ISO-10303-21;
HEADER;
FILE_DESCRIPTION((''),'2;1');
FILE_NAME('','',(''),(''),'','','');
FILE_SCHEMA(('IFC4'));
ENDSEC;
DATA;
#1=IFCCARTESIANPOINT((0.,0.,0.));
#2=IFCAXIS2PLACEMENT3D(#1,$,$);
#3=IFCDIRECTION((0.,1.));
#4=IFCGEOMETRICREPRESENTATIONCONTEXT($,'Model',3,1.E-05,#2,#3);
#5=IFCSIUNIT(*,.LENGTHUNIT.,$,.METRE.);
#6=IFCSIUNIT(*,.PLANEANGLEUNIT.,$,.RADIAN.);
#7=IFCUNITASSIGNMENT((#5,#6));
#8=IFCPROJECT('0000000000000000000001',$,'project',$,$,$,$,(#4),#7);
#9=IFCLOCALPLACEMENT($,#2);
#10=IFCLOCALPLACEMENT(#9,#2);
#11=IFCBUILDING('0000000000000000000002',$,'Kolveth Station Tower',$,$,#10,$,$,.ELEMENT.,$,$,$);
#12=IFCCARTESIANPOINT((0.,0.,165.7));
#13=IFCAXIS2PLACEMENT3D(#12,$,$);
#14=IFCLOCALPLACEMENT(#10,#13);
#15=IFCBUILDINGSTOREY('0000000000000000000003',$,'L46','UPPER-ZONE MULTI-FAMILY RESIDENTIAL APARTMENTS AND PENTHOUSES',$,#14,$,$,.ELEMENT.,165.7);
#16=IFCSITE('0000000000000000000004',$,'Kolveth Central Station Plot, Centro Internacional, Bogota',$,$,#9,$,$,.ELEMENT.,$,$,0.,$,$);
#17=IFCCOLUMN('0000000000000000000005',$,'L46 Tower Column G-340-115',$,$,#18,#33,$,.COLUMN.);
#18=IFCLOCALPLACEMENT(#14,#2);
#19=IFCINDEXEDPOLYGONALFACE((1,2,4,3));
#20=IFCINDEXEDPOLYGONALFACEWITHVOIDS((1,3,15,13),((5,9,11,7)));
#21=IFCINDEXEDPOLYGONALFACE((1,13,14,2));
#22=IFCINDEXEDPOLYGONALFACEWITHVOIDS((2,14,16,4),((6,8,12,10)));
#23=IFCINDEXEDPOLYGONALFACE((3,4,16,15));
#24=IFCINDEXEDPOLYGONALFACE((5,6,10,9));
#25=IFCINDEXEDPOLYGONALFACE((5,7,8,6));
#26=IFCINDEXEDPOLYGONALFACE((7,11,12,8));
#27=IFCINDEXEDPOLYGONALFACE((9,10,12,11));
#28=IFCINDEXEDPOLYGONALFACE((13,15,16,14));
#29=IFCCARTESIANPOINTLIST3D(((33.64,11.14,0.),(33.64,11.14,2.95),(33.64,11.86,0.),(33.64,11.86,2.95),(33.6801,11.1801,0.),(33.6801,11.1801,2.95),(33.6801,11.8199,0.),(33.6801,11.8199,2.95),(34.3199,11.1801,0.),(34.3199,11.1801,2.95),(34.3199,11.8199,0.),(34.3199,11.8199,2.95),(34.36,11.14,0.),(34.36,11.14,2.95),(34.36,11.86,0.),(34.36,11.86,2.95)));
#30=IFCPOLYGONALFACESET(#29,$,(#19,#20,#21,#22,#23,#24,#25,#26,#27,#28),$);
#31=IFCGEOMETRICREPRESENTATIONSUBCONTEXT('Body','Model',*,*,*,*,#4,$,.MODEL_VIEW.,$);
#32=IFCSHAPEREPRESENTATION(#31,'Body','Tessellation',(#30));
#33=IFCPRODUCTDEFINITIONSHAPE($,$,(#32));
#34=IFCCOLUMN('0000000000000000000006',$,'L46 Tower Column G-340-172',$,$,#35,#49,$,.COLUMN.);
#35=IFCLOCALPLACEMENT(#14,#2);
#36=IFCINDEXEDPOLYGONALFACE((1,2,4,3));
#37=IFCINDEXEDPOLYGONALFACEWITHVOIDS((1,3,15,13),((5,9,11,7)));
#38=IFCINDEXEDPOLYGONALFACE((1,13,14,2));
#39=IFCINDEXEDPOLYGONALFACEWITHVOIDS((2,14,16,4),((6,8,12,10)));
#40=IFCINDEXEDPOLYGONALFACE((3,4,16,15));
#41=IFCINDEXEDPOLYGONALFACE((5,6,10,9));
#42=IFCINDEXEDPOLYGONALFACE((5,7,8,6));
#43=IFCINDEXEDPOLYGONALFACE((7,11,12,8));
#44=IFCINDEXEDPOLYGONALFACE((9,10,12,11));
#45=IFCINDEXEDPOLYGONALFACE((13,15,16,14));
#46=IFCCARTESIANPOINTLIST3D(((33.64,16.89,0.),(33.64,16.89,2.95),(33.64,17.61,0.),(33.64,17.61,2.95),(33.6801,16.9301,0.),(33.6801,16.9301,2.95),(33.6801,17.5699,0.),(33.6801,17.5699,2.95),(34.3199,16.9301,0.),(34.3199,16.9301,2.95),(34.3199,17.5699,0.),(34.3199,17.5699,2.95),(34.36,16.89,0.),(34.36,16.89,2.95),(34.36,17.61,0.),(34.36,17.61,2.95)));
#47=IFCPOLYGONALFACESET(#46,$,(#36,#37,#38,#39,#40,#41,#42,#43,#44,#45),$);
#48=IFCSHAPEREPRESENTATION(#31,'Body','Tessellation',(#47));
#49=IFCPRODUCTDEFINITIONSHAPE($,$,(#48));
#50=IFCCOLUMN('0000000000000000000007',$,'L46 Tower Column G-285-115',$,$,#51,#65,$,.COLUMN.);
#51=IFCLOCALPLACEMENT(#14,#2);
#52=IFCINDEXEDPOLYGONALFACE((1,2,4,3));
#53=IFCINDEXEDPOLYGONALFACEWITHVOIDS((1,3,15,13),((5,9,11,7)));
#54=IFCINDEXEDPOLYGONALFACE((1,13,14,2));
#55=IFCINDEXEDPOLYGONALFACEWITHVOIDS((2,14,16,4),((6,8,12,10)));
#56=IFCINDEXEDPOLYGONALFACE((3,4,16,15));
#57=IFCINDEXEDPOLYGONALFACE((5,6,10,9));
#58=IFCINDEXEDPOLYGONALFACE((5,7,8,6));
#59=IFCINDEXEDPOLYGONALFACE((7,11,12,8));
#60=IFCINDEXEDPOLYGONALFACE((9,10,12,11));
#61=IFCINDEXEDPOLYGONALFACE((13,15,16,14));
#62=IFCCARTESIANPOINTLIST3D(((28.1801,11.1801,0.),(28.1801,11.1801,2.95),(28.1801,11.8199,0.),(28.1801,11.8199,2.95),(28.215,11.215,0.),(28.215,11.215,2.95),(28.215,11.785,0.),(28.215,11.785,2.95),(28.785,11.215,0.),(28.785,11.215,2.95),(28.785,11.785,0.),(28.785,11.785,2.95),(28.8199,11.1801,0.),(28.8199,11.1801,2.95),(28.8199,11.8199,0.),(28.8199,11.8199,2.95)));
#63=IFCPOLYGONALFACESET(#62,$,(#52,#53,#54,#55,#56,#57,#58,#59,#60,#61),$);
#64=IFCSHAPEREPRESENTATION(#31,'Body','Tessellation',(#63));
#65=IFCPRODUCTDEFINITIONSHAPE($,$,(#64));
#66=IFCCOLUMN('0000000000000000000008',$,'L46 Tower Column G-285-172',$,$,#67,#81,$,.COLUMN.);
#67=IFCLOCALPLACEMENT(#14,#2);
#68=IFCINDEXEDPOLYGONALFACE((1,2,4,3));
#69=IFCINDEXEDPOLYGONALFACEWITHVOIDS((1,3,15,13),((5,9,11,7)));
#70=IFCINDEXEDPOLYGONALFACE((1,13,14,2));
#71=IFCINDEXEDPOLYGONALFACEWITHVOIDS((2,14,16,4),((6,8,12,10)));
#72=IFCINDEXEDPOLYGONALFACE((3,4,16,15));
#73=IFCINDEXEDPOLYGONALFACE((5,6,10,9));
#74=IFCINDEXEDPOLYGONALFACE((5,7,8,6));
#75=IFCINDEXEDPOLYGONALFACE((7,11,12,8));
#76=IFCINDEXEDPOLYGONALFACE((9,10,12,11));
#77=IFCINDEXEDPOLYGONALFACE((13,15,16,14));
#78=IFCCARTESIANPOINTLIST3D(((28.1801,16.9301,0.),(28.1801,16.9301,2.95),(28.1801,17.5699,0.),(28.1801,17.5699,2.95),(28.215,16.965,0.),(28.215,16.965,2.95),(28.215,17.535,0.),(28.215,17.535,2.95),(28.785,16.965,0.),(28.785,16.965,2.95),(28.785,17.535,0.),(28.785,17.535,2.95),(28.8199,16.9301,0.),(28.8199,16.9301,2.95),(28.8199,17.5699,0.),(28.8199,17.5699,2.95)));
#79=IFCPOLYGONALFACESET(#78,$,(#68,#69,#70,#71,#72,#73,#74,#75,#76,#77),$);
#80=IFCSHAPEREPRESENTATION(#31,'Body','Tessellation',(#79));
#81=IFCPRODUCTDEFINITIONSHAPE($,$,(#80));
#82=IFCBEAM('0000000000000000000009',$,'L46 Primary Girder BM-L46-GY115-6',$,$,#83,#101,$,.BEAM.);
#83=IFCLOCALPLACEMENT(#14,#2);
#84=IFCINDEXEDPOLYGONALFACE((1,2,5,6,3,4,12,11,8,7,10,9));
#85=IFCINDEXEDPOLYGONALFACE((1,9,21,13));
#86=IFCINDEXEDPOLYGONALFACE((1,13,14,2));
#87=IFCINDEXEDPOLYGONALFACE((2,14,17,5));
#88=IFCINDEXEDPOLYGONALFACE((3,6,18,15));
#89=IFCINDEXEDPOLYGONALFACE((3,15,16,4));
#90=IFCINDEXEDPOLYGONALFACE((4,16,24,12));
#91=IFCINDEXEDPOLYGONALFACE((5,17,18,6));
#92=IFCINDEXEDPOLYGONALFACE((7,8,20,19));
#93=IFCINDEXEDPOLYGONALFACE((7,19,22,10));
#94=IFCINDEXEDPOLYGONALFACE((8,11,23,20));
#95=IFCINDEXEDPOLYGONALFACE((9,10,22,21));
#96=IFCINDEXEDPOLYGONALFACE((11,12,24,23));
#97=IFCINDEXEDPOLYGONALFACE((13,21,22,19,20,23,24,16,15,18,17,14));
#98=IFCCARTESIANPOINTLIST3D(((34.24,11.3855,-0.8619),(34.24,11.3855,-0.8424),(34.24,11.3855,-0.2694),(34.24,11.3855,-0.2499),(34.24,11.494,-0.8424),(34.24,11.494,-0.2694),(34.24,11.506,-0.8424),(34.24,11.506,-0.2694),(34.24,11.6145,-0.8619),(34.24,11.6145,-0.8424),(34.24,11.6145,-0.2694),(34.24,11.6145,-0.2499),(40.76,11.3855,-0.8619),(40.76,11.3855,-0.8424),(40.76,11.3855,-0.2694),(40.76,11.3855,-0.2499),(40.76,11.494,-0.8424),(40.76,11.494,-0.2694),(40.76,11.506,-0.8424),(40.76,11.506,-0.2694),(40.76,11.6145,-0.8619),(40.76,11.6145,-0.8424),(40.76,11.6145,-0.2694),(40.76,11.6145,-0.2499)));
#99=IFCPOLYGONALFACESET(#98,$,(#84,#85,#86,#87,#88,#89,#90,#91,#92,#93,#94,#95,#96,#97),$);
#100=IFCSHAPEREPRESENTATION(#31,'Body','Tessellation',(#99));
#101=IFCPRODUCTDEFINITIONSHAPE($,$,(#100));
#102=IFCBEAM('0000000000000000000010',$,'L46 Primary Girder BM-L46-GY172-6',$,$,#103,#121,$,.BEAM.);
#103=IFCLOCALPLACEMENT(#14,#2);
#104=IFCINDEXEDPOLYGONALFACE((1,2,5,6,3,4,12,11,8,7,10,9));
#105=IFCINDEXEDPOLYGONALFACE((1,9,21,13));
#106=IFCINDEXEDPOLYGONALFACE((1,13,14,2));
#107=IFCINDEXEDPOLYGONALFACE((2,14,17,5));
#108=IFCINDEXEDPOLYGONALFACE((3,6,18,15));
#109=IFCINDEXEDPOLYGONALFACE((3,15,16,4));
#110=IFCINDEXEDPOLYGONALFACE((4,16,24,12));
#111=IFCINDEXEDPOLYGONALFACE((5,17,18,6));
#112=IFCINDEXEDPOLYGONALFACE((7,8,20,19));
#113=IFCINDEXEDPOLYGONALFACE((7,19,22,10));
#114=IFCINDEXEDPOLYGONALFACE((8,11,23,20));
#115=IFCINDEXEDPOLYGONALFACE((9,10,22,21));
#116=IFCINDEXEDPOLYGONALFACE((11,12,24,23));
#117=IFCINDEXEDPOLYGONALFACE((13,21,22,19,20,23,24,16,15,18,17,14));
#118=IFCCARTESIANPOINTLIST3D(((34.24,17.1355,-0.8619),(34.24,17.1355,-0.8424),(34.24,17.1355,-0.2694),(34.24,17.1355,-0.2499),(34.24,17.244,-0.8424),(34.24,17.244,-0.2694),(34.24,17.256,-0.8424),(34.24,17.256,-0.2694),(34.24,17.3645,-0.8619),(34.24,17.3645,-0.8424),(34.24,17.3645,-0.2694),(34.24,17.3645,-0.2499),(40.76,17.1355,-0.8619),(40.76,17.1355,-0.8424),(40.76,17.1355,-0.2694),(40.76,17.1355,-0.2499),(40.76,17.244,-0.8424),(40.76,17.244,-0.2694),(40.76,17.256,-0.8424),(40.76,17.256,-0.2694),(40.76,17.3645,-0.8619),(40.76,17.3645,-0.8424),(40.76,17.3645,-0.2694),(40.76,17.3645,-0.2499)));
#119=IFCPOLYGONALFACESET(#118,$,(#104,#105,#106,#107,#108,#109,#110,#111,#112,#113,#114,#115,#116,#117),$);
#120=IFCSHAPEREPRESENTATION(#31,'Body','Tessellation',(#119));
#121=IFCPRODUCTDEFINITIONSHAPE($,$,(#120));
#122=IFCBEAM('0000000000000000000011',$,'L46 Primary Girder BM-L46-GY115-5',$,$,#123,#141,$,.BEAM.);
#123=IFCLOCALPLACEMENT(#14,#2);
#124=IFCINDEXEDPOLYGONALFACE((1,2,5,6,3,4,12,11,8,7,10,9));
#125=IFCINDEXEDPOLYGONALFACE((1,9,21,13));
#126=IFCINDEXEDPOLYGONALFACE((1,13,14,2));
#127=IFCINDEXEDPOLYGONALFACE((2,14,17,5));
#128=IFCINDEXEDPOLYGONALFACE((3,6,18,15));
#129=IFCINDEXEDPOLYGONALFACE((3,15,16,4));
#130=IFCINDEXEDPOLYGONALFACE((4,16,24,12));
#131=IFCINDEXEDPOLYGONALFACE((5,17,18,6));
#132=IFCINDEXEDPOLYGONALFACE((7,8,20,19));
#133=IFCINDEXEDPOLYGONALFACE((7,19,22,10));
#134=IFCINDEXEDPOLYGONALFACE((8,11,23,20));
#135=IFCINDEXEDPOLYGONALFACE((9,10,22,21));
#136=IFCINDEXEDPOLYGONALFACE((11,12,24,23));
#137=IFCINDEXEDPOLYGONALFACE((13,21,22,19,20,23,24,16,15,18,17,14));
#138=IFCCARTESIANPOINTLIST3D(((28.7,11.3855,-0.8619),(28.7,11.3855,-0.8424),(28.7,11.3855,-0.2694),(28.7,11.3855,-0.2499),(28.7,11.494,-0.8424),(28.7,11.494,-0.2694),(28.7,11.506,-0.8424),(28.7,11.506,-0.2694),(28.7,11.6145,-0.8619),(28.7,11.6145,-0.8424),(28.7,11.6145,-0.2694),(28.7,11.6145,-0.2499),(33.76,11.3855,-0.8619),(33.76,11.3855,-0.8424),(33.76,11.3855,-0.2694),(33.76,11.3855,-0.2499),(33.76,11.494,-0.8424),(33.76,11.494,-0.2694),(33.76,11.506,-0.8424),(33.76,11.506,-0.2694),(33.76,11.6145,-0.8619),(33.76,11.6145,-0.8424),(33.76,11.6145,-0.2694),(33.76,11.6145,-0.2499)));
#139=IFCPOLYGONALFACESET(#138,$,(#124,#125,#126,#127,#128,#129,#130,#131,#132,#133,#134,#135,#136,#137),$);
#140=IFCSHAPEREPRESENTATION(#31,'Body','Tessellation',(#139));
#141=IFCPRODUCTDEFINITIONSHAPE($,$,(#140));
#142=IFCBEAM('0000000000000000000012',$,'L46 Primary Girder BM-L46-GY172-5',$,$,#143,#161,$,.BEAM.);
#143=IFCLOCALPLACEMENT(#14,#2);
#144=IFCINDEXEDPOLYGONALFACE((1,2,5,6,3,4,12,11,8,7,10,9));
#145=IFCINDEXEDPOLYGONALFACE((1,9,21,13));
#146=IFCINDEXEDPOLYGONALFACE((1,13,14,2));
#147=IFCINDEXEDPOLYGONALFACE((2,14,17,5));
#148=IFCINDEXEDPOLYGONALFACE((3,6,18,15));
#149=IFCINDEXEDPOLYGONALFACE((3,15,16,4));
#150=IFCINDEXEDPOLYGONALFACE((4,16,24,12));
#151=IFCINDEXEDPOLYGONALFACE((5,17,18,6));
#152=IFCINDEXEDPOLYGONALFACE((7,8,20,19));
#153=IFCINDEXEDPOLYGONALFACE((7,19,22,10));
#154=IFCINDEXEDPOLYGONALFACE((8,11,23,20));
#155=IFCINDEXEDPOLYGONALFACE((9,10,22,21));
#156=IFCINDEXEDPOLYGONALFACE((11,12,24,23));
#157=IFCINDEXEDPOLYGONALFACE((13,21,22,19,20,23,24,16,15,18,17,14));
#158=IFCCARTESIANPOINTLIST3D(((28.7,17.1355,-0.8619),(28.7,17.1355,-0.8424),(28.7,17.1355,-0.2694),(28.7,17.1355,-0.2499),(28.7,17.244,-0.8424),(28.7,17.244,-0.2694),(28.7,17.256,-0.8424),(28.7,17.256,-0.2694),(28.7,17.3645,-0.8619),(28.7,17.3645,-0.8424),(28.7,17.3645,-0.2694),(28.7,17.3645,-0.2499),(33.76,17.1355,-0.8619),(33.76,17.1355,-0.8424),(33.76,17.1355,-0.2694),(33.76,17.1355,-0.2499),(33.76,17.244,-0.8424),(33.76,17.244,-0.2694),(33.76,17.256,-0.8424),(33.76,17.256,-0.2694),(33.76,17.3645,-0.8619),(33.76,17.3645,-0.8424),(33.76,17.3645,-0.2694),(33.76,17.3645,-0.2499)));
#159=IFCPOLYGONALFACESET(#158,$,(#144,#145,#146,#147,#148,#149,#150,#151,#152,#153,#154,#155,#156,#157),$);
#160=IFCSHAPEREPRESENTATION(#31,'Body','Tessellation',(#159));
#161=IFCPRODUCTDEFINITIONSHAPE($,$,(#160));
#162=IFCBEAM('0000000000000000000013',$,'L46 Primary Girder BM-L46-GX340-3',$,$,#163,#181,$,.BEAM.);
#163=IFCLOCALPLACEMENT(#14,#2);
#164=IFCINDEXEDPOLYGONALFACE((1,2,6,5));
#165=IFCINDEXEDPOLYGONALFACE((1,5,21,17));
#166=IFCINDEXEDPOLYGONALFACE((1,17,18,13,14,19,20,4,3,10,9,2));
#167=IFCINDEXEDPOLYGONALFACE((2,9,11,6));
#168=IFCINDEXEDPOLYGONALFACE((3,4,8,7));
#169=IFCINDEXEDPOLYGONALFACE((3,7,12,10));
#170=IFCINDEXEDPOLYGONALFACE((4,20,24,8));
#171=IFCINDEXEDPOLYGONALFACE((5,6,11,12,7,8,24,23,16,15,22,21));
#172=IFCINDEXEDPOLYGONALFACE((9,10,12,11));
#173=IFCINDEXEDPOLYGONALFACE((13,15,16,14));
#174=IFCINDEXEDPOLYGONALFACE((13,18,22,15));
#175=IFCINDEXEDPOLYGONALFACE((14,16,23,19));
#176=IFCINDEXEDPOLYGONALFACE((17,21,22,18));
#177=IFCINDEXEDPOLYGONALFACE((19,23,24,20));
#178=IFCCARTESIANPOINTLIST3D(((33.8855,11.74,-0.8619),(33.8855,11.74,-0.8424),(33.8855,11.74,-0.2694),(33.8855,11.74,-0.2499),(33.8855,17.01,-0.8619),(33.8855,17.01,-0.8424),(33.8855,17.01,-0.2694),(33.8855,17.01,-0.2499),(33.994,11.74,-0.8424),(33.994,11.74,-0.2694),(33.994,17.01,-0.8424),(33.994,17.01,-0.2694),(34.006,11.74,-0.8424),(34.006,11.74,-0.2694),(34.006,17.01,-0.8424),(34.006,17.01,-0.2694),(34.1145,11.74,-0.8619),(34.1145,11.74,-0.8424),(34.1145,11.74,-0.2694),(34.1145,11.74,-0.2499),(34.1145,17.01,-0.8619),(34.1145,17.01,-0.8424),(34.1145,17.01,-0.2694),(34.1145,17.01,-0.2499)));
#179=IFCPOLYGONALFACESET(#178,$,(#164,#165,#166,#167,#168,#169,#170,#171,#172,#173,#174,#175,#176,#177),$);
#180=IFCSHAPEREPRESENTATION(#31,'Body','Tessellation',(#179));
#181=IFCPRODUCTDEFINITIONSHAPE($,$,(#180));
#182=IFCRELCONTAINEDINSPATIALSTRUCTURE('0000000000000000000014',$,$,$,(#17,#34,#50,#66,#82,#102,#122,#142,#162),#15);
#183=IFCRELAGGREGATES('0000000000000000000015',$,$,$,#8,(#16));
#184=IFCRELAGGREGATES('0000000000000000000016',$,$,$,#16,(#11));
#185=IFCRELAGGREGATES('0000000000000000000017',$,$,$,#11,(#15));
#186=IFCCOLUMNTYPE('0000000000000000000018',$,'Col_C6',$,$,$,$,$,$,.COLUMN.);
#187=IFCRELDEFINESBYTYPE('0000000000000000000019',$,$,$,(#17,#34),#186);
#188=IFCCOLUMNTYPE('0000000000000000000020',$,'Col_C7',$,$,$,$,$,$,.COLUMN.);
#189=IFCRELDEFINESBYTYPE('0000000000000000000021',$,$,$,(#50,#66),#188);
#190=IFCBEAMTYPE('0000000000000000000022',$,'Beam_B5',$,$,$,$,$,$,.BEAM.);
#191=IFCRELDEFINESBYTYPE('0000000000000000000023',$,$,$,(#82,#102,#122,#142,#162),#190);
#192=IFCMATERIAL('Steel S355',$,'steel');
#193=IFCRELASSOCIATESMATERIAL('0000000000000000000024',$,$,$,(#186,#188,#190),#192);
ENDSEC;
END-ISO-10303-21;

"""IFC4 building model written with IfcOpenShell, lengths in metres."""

from ifc_helpers import new_model, si_unit, direction, frame, origin, origin_2d, place, context, subcontext, project, spatial, hollow_rectangle, i_section, extrude, source, transform, mapped, material, material_profile, profile_set, type_object, element, save


model = new_model("IFC4")

# Units and contexts
model_context = context("Model", 3, precision=1e-05, world=origin(), true_north=direction((0.0, 1.0)))
body_context = subcontext(model_context, "Body", "Model", "MODEL_VIEW")
ifc_project = project(units=[si_unit("LENGTHUNIT", "METRE"), si_unit("PLANEANGLEUNIT", "RADIAN")], contexts=[model_context])

# Site, building, storey
site_placement = place(None, origin())
site = spatial("IfcSite", under=ifc_project, at=site_placement, Name="Kolveth Central Station Plot, Centro Internacional, Bogota", CompositionType="ELEMENT", RefElevation=0.0)
building_placement = place(site_placement, origin())
building = spatial("IfcBuilding", under=site, at=building_placement, Name="Kolveth Station Tower", CompositionType="ELEMENT")
storey_placement = place(building_placement, frame((0.0, 0.0, 165.7)))
storey = spatial("IfcBuildingStorey", under=building, at=storey_placement, Name="L46", Description="UPPER-ZONE MULTI-FAMILY RESIDENTIAL APARTMENTS AND PENTHOUSES", CompositionType="ELEMENT", Elevation=165.7)

# Columns
ifc_material_1 = material(Name="Steel S355", Category="steel")
ifc_material_profile_1 = material_profile(ifc_material_1, hollow_rectangle(XDim=0.72, YDim=0.72, WallThickness=0.04, at=origin_2d()), Name="BOX720x720x40")
ifc_profile_set_1 = profile_set([ifc_material_profile_1], Name="Steel S355")
column_type_1 = type_object("IfcColumnType", Name="Col_C6", PredefinedType="COLUMN", material=ifc_profile_set_1)
shared_shape_1 = source(origin(), body_context, "Body", "SweptSolid", [
    extrude(hollow_rectangle(XDim=0.72, YDim=0.72, WallThickness=0.04, at=origin_2d()), origin(), (0.0, 0.0, 1.0), 2.95),
])
for number, where, z_axis, x_axis, name in (
    (1, (34.0, 11.5, 0.0), (0.0, 0.0, 1.0), (1.0, 0.0, 0.0), "L46 Tower Column G-340-115"),
    (2, (34.0, 17.25, 0.0), (0.0, 0.0, 1.0), (1.0, 0.0, 0.0), "L46 Tower Column G-340-172"),
):
    element("IfcColumn", number, at=place(storey_placement, frame(where, z_axis=z_axis, x_axis=x_axis)), inside=storey, type_object=column_type_1, Name=name, PredefinedType="COLUMN", context=body_context, shape_type="MappedRepresentation", body=[
        mapped(shared_shape_1, transform((0.0, 0.0, 0.0), x_axis=(1.0, 0.0, 0.0), y_axis=(0.0, 1.0, 0.0), z_axis=(0.0, 0.0, 1.0), scale=1.0)),
    ])
ifc_material_profile_2 = material_profile(ifc_material_1, hollow_rectangle(XDim=0.6399, YDim=0.6399, WallThickness=0.0349, at=origin_2d()), Name="BOX640x640x35")
ifc_profile_set_2 = profile_set([ifc_material_profile_2], Name="Steel S355")
column_type_2 = type_object("IfcColumnType", Name="Col_C7", PredefinedType="COLUMN", material=ifc_profile_set_2)
shared_shape_2 = source(origin(), body_context, "Body", "SweptSolid", [
    extrude(hollow_rectangle(XDim=0.6399, YDim=0.6399, WallThickness=0.0349, at=origin_2d()), origin(), (0.0, 0.0, 1.0), 2.95),
])
for number, where, z_axis, x_axis, name in (
    (3, (28.5, 11.5, 0.0), (0.0, 0.0, 1.0), (1.0, 0.0, 0.0), "L46 Tower Column G-285-115"),
    (4, (28.5, 17.25, 0.0), (0.0, 0.0, 1.0), (1.0, 0.0, 0.0), "L46 Tower Column G-285-172"),
):
    element("IfcColumn", number, at=place(storey_placement, frame(where, z_axis=z_axis, x_axis=x_axis)), inside=storey, type_object=column_type_2, Name=name, PredefinedType="COLUMN", context=body_context, shape_type="MappedRepresentation", body=[
        mapped(shared_shape_2, transform((0.0, 0.0, 0.0), x_axis=(1.0, 0.0, 0.0), y_axis=(0.0, 1.0, 0.0), z_axis=(0.0, 0.0, 1.0), scale=1.0)),
    ])

# Beams
ifc_material_profile_3 = material_profile(ifc_material_1, i_section(OverallWidth=0.229, OverallDepth=0.6121, WebThickness=0.012, FlangeThickness=0.0195, at=origin_2d()), Name="W610x125")
ifc_profile_set_3 = profile_set([ifc_material_profile_3], Name="Steel S355")
beam_type_1 = type_object("IfcBeamType", Name="Beam_B5", PredefinedType="BEAM", material=ifc_profile_set_3)
shared_shape_3 = source(origin(), body_context, "Body", "SweptSolid", [
    extrude(i_section(OverallWidth=0.229, OverallDepth=0.6121, WebThickness=0.012, FlangeThickness=0.0195, at=origin_2d()), origin(), (0.0, 0.0, 1.0), 6.52),
])
for number, where, z_axis, x_axis, name in (
    (5, (34.24, 11.5, -0.5559), (1.0, 0.0, 0.0), (0.0, 1.0, 0.0), "L46 Primary Girder BM-L46-GY115-6"),
    (6, (34.24, 17.25, -0.5559), (1.0, 0.0, 0.0), (0.0, 1.0, 0.0), "L46 Primary Girder BM-L46-GY172-6"),
):
    element("IfcBeam", number, at=place(storey_placement, frame(where, z_axis=z_axis, x_axis=x_axis)), inside=storey, type_object=beam_type_1, Name=name, PredefinedType="BEAM", context=body_context, shape_type="MappedRepresentation", body=[
        mapped(shared_shape_3, transform((0.0, 0.0, 0.0), x_axis=(1.0, 0.0, 0.0), y_axis=(0.0, 1.0, 0.0), z_axis=(0.0, 0.0, 1.0), scale=1.0)),
    ])
shared_shape_4 = source(origin(), body_context, "Body", "SweptSolid", [
    extrude(i_section(OverallWidth=0.229, OverallDepth=0.6121, WebThickness=0.012, FlangeThickness=0.0195, at=origin_2d()), origin(), (0.0, 0.0, 1.0), 5.0601),
])
for number, where, z_axis, x_axis, name in (
    (7, (28.7, 11.5, -0.5559), (1.0, 0.0, 0.0), (0.0, 1.0, 0.0), "L46 Primary Girder BM-L46-GY115-5"),
    (8, (28.7, 17.25, -0.5559), (1.0, 0.0, 0.0), (0.0, 1.0, 0.0), "L46 Primary Girder BM-L46-GY172-5"),
):
    element("IfcBeam", number, at=place(storey_placement, frame(where, z_axis=z_axis, x_axis=x_axis)), inside=storey, type_object=beam_type_1, Name=name, PredefinedType="BEAM", context=body_context, shape_type="MappedRepresentation", body=[
        mapped(shared_shape_4, transform((0.0, 0.0, 0.0), x_axis=(1.0, 0.0, 0.0), y_axis=(0.0, 1.0, 0.0), z_axis=(0.0, 0.0, 1.0), scale=1.0)),
    ])
shared_shape_5 = source(origin(), body_context, "Body", "SweptSolid", [
    extrude(i_section(OverallWidth=0.229, OverallDepth=0.6121, WebThickness=0.012, FlangeThickness=0.0195, at=origin_2d()), origin(), (0.0, 0.0, 1.0), 5.27),
])
for number, where, z_axis, x_axis, name in (
    (9, (34.0, 11.74, -0.5559), (0.0, 1.0, 0.0), (-1.0, 0.0, 0.0), "L46 Primary Girder BM-L46-GX340-3"),
):
    element("IfcBeam", number, at=place(storey_placement, frame(where, z_axis=z_axis, x_axis=x_axis)), inside=storey, type_object=beam_type_1, Name=name, PredefinedType="BEAM", context=body_context, shape_type="MappedRepresentation", body=[
        mapped(shared_shape_5, transform((0.0, 0.0, 0.0), x_axis=(1.0, 0.0, 0.0), y_axis=(0.0, 1.0, 0.0), z_axis=(0.0, 0.0, 1.0), scale=1.0)),
    ])

save(model, "model.ifc")
